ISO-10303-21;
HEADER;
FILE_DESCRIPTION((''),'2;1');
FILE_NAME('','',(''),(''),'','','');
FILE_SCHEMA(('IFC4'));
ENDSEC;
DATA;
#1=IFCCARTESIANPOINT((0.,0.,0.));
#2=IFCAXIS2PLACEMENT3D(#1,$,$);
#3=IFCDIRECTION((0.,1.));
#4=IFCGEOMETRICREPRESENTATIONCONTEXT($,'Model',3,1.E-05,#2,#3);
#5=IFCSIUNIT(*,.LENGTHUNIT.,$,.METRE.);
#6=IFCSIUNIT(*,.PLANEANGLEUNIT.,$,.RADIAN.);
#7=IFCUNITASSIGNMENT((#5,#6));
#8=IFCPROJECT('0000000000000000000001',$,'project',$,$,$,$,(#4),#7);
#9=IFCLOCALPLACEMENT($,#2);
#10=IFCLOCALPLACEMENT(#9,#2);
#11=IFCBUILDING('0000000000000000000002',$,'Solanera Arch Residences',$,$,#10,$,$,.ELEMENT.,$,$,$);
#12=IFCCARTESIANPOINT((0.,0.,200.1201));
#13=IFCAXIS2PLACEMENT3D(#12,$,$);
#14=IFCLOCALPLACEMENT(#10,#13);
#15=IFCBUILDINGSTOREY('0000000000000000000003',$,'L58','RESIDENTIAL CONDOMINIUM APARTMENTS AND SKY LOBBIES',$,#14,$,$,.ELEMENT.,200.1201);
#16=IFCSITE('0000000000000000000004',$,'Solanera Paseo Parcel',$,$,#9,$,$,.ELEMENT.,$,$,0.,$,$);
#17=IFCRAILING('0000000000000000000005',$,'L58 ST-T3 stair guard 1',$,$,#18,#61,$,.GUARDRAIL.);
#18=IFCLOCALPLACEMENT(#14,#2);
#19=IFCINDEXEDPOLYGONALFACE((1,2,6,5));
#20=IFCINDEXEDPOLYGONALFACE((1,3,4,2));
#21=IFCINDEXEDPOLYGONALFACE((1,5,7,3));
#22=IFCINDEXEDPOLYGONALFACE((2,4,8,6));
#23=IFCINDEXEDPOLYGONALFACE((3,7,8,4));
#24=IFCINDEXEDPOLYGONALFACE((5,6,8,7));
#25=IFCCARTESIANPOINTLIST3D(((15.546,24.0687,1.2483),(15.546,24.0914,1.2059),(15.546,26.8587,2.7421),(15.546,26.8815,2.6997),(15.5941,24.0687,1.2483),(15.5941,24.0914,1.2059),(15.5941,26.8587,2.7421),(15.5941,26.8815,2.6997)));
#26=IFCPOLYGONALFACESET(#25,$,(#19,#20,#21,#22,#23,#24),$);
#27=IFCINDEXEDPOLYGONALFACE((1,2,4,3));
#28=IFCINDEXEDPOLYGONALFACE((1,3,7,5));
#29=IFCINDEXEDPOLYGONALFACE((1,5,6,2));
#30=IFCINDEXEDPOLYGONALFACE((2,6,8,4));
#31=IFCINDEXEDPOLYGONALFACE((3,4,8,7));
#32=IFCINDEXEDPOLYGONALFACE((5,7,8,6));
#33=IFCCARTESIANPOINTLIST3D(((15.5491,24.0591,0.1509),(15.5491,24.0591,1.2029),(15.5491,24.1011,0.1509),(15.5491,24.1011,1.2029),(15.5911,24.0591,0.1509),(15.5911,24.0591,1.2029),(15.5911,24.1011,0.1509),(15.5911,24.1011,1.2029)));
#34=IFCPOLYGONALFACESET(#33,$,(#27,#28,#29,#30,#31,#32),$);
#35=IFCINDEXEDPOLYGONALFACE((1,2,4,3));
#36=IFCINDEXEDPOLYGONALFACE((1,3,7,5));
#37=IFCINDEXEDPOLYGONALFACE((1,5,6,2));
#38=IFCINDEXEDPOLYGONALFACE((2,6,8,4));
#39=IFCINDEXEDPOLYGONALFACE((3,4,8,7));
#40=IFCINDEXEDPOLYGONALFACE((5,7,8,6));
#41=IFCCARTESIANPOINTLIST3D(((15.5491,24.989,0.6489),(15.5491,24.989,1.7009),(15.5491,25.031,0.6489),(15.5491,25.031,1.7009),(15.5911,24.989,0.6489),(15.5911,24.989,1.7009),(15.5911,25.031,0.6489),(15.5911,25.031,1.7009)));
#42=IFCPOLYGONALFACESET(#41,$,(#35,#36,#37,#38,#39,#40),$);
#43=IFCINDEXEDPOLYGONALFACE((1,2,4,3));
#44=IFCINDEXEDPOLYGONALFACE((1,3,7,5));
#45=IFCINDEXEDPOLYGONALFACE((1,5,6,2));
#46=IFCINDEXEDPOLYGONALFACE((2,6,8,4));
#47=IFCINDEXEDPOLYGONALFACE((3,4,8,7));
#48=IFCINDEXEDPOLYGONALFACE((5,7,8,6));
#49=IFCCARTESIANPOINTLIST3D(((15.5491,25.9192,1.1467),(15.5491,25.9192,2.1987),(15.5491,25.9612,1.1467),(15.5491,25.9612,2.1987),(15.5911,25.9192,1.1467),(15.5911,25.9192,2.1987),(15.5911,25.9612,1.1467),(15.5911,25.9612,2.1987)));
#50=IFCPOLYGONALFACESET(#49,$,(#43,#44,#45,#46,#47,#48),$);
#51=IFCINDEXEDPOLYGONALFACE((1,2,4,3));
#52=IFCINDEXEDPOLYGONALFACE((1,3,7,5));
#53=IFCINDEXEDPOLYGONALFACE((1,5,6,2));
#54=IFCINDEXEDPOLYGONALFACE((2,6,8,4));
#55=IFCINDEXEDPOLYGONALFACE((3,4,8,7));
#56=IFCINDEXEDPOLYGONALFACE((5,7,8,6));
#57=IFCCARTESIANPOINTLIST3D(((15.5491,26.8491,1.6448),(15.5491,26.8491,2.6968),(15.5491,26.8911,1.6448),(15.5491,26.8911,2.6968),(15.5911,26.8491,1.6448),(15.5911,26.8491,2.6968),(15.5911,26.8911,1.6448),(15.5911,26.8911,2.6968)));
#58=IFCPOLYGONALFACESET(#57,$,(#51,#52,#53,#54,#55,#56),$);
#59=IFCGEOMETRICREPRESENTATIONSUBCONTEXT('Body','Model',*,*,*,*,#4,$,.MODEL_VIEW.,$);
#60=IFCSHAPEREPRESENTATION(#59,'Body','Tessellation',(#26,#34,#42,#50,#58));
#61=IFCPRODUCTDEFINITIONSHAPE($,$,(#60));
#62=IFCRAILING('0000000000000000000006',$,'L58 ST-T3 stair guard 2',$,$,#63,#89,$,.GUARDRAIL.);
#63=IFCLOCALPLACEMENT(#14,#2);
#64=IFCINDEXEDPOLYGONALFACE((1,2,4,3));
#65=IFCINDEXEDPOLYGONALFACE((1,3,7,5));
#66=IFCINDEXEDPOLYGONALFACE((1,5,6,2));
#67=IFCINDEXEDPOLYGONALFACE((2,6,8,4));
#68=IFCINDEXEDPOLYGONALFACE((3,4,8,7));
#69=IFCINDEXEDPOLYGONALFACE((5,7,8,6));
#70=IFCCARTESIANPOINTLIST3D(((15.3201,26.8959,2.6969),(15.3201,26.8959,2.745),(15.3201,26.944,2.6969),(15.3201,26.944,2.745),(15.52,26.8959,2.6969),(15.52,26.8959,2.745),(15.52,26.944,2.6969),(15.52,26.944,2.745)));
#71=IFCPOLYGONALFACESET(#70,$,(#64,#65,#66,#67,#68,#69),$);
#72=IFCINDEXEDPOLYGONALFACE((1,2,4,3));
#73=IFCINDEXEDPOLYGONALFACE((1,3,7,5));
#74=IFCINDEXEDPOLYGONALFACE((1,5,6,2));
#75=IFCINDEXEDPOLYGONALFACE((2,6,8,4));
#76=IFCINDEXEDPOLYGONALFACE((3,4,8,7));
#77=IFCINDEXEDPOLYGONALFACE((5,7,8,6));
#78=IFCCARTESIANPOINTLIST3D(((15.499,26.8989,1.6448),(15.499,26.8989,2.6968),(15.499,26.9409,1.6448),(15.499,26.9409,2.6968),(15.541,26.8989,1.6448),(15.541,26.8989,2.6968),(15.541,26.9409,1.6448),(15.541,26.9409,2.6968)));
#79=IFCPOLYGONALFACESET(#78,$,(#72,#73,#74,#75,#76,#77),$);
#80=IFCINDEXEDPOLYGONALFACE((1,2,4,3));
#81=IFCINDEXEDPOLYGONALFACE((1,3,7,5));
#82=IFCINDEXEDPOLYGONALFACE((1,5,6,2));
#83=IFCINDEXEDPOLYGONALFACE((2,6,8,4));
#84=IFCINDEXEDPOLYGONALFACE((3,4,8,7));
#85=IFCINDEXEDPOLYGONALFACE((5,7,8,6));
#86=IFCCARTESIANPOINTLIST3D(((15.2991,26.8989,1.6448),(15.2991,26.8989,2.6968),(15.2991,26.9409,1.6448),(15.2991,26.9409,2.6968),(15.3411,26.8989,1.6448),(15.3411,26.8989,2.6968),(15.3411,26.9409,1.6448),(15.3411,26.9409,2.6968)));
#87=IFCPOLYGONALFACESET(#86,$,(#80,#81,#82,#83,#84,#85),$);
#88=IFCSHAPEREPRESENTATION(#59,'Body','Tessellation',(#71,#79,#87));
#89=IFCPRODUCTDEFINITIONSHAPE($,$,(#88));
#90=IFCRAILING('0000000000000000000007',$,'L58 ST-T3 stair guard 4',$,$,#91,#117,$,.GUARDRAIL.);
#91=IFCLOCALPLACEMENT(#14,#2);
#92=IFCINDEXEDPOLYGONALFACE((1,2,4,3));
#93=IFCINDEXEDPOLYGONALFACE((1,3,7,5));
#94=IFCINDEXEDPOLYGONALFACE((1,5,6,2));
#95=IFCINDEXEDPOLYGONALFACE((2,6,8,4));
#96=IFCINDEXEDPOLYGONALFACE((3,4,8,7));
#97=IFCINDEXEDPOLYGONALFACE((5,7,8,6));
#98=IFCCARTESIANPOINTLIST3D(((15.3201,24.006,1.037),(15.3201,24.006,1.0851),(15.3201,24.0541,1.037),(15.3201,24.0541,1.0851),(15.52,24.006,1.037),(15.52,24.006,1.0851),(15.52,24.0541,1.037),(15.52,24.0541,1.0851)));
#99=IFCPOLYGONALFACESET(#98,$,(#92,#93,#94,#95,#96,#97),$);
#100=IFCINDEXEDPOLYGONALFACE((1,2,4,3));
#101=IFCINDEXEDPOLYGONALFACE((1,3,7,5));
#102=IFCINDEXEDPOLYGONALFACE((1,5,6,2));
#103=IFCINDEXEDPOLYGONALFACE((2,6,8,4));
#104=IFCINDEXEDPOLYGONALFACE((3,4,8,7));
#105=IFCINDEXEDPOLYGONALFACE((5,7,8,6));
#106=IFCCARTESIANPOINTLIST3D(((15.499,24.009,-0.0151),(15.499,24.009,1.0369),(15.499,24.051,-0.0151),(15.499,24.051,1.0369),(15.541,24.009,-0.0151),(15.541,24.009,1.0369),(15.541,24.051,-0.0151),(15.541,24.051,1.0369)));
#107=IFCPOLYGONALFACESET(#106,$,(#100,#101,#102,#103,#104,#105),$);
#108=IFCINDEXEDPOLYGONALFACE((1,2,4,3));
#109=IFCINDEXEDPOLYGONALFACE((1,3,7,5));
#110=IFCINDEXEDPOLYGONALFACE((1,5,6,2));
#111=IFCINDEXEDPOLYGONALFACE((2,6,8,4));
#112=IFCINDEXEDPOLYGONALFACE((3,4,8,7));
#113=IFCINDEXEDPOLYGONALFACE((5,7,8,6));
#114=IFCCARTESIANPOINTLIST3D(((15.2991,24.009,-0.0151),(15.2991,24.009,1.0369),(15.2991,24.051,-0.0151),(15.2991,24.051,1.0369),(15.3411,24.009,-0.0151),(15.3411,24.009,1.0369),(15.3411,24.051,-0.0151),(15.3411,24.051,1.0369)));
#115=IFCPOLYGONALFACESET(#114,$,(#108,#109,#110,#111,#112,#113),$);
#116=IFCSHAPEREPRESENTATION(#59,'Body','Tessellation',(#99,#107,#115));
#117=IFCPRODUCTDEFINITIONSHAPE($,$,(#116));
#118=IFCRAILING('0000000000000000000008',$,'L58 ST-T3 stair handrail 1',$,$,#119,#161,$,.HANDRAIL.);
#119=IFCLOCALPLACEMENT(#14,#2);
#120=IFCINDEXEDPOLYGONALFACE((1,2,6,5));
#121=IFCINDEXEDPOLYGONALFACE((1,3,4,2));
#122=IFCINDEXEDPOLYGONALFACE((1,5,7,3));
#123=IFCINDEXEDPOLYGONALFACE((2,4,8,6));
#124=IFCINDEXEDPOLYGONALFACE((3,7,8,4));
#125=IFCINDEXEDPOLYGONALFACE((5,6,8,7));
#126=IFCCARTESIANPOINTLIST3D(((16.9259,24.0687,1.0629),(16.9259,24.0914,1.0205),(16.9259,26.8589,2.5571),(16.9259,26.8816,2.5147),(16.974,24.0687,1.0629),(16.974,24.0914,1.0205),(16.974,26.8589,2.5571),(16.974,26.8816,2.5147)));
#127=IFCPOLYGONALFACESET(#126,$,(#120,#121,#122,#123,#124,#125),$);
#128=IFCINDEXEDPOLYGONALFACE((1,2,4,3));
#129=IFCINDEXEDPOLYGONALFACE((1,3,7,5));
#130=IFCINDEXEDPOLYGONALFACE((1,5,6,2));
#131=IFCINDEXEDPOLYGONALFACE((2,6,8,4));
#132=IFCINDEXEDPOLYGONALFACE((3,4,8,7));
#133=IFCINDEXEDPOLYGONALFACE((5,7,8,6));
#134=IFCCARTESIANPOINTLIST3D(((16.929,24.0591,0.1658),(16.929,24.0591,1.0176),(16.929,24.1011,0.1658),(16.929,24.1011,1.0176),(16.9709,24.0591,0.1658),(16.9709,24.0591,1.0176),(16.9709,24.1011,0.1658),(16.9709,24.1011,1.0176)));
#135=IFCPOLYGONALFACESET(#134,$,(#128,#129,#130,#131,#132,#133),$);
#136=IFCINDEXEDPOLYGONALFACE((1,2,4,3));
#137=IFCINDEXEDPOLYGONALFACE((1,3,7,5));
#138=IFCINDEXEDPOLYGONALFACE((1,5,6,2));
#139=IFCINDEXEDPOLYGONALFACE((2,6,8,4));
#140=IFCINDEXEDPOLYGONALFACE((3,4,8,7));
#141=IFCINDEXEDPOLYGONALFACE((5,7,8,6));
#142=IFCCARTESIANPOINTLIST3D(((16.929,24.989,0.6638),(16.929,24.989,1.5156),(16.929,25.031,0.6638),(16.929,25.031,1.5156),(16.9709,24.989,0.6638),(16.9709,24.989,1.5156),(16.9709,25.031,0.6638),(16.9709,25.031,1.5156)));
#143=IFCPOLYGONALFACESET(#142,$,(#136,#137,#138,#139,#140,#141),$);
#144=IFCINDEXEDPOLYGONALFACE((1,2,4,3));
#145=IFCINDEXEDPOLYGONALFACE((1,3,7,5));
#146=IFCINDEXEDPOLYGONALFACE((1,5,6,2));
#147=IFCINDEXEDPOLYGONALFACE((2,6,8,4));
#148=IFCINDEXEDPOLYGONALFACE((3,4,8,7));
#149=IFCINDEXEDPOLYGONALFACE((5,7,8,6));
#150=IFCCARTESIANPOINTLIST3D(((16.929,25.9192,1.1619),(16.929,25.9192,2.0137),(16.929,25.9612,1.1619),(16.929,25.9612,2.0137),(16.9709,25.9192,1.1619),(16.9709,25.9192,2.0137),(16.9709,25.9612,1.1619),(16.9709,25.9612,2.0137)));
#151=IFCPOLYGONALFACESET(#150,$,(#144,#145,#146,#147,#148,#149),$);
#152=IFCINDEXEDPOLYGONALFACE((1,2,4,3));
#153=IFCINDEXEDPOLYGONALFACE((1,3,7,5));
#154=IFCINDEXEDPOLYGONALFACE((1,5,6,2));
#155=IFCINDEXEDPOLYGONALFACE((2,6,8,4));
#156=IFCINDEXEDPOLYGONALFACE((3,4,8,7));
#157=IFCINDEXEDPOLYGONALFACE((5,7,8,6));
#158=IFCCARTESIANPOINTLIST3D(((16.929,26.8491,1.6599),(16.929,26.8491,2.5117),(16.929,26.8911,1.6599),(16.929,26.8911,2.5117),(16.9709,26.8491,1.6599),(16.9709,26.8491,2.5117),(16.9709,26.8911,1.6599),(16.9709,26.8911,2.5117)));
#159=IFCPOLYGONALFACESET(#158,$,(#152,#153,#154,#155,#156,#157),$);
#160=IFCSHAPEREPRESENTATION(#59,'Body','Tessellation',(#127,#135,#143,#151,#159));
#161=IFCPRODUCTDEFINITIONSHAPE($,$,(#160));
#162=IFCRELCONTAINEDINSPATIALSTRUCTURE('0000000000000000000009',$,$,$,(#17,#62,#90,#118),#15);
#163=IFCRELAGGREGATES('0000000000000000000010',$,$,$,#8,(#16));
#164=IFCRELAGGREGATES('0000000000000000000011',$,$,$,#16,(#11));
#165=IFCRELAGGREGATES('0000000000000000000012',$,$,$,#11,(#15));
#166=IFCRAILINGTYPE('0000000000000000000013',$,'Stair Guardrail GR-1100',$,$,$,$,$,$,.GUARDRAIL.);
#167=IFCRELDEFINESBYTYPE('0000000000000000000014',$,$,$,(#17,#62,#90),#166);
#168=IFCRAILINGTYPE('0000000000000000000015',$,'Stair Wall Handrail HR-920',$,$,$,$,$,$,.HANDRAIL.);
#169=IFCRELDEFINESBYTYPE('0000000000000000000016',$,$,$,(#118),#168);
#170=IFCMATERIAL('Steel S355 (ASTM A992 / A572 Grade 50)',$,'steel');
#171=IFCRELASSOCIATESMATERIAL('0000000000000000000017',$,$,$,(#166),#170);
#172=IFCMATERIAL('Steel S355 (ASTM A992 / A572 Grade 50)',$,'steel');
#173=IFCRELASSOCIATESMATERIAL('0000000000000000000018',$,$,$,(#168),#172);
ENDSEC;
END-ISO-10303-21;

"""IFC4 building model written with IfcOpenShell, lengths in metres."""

from ifc_helpers import new_model, si_unit, direction, frame, origin, origin_2d, place, context, subcontext, project, spatial, rectangle, extrude, material, type_object, element, save


model = new_model("IFC4")

# Units and contexts
model_context = context("Model", 3, precision=1e-05, world=origin(), true_north=direction((0.0, 1.0)))
body_context = subcontext(model_context, "Body", "Model", "MODEL_VIEW")
ifc_project = project(units=[si_unit("LENGTHUNIT", "METRE"), si_unit("PLANEANGLEUNIT", "RADIAN")], contexts=[model_context])

# Site, building, storey
site_placement = place(None, origin())
site = spatial("IfcSite", under=ifc_project, at=site_placement, Name="Solanera Paseo Parcel", CompositionType="ELEMENT", RefElevation=0.0)
building_placement = place(site_placement, origin())
building = spatial("IfcBuilding", under=site, at=building_placement, Name="Solanera Arch Residences", CompositionType="ELEMENT")
storey_placement = place(building_placement, frame((0.0, 0.0, 200.1201)))
storey = spatial("IfcBuildingStorey", under=building, at=storey_placement, Name="L58", Description="RESIDENTIAL CONDOMINIUM APARTMENTS AND SKY LOBBIES", CompositionType="ELEMENT", Elevation=200.1201)

# Railings
ifc_material_1 = material(Name="Steel S355 (ASTM A992 / A572 Grade 50)", Category="steel")
railing_type_1 = type_object("IfcRailingType", Name="Stair Guardrail GR-1100", PredefinedType="GUARDRAIL", material=ifc_material_1)
railing_1_placement = place(storey_placement, frame((15.5701, 24.0801, 0.1509)))
element("IfcRailing", 1, at=railing_1_placement, inside=storey, type_object=railing_type_1, Name="L58 ST-T3 stair guard 1", PredefinedType="GUARDRAIL", context=body_context, shape_type="SweptSolid", body=[
    extrude(rectangle(XDim=0.0481, YDim=0.0481, at=origin_2d()), frame((0.0, 0.0, 1.0762), z_axis=(0.0, 0.881581, 0.472033), x_axis=(-1.0, 0.0, 0.0)), (0.0, 0.0, 1.0), 3.1648),
    extrude(rectangle(XDim=0.042, YDim=0.042, at=origin_2d()), origin(), (0.0, 0.0, 1.0), 1.052),
    extrude(rectangle(XDim=0.042, YDim=0.042, at=origin_2d()), frame((0.0, 0.9299, 0.498)), (0.0, 0.0, 1.0), 1.052),
    extrude(rectangle(XDim=0.042, YDim=0.042, at=origin_2d()), frame((0.0, 1.8601, 0.9958)), (0.0, 0.0, 1.0), 1.052),
    extrude(rectangle(XDim=0.042, YDim=0.042, at=origin_2d()), frame((0.0, 2.79, 1.4939)), (0.0, 0.0, 1.0), 1.052),
])
for number, where, name in (
    (2, (15.52, 26.9199, 1.6448), "L58 ST-T3 stair guard 2"),
    (3, (15.52, 24.03, -0.0151), "L58 ST-T3 stair guard 4"),
):
    element("IfcRailing", number, at=place(storey_placement, frame(where)), inside=storey, type_object=railing_type_1, Name=name, PredefinedType="GUARDRAIL", context=body_context, shape_type="SweptSolid", body=[
        extrude(rectangle(XDim=0.0481, YDim=0.0481, at=origin_2d()), frame((0.0, 0.0, 1.0762), z_axis=(-1.0, 0.0, 0.0), x_axis=(0.0, -1.0, 0.0)), (0.0, 0.0, 1.0), 0.2),
        extrude(rectangle(XDim=0.042, YDim=0.042, at=origin_2d()), origin(), (0.0, 0.0, 1.0), 1.052),
        extrude(rectangle(XDim=0.042, YDim=0.042, at=origin_2d()), frame((-0.2, 0.0, 0.0)), (0.0, 0.0, 1.0), 1.052),
    ])
ifc_material_2 = material(Name="Steel S355 (ASTM A992 / A572 Grade 50)", Category="steel")
railing_type_2 = type_object("IfcRailingType", Name="Stair Wall Handrail HR-920", PredefinedType="HANDRAIL", material=ifc_material_2)
railing_2_placement = place(storey_placement, frame((16.95, 24.0801, 0.1658)))
element("IfcRailing", 4, at=railing_2_placement, inside=storey, type_object=railing_type_2, Name="L58 ST-T3 stair handrail 1", PredefinedType="HANDRAIL", context=body_context, shape_type="SweptSolid", body=[
    extrude(rectangle(XDim=0.0481, YDim=0.0481, at=origin_2d()), frame((0.0, 0.0, 0.876), z_axis=(0.0, 0.881549, 0.472093), x_axis=(-1.0, 0.0, 0.0)), (0.0, 0.0, 1.0), 3.165),
    extrude(rectangle(XDim=0.042, YDim=0.042, at=origin_2d()), origin(), (0.0, 0.0, 1.0), 0.8518),
    extrude(rectangle(XDim=0.042, YDim=0.042, at=origin_2d()), frame((0.0, 0.9299, 0.498)), (0.0, 0.0, 1.0), 0.8518),
    extrude(rectangle(XDim=0.042, YDim=0.042, at=origin_2d()), frame((0.0, 1.8601, 0.9961)), (0.0, 0.0, 1.0), 0.8518),
    extrude(rectangle(XDim=0.042, YDim=0.042, at=origin_2d()), frame((0.0, 2.79, 1.4941)), (0.0, 0.0, 1.0), 0.8518),
])

save(model, "model.ifc")
